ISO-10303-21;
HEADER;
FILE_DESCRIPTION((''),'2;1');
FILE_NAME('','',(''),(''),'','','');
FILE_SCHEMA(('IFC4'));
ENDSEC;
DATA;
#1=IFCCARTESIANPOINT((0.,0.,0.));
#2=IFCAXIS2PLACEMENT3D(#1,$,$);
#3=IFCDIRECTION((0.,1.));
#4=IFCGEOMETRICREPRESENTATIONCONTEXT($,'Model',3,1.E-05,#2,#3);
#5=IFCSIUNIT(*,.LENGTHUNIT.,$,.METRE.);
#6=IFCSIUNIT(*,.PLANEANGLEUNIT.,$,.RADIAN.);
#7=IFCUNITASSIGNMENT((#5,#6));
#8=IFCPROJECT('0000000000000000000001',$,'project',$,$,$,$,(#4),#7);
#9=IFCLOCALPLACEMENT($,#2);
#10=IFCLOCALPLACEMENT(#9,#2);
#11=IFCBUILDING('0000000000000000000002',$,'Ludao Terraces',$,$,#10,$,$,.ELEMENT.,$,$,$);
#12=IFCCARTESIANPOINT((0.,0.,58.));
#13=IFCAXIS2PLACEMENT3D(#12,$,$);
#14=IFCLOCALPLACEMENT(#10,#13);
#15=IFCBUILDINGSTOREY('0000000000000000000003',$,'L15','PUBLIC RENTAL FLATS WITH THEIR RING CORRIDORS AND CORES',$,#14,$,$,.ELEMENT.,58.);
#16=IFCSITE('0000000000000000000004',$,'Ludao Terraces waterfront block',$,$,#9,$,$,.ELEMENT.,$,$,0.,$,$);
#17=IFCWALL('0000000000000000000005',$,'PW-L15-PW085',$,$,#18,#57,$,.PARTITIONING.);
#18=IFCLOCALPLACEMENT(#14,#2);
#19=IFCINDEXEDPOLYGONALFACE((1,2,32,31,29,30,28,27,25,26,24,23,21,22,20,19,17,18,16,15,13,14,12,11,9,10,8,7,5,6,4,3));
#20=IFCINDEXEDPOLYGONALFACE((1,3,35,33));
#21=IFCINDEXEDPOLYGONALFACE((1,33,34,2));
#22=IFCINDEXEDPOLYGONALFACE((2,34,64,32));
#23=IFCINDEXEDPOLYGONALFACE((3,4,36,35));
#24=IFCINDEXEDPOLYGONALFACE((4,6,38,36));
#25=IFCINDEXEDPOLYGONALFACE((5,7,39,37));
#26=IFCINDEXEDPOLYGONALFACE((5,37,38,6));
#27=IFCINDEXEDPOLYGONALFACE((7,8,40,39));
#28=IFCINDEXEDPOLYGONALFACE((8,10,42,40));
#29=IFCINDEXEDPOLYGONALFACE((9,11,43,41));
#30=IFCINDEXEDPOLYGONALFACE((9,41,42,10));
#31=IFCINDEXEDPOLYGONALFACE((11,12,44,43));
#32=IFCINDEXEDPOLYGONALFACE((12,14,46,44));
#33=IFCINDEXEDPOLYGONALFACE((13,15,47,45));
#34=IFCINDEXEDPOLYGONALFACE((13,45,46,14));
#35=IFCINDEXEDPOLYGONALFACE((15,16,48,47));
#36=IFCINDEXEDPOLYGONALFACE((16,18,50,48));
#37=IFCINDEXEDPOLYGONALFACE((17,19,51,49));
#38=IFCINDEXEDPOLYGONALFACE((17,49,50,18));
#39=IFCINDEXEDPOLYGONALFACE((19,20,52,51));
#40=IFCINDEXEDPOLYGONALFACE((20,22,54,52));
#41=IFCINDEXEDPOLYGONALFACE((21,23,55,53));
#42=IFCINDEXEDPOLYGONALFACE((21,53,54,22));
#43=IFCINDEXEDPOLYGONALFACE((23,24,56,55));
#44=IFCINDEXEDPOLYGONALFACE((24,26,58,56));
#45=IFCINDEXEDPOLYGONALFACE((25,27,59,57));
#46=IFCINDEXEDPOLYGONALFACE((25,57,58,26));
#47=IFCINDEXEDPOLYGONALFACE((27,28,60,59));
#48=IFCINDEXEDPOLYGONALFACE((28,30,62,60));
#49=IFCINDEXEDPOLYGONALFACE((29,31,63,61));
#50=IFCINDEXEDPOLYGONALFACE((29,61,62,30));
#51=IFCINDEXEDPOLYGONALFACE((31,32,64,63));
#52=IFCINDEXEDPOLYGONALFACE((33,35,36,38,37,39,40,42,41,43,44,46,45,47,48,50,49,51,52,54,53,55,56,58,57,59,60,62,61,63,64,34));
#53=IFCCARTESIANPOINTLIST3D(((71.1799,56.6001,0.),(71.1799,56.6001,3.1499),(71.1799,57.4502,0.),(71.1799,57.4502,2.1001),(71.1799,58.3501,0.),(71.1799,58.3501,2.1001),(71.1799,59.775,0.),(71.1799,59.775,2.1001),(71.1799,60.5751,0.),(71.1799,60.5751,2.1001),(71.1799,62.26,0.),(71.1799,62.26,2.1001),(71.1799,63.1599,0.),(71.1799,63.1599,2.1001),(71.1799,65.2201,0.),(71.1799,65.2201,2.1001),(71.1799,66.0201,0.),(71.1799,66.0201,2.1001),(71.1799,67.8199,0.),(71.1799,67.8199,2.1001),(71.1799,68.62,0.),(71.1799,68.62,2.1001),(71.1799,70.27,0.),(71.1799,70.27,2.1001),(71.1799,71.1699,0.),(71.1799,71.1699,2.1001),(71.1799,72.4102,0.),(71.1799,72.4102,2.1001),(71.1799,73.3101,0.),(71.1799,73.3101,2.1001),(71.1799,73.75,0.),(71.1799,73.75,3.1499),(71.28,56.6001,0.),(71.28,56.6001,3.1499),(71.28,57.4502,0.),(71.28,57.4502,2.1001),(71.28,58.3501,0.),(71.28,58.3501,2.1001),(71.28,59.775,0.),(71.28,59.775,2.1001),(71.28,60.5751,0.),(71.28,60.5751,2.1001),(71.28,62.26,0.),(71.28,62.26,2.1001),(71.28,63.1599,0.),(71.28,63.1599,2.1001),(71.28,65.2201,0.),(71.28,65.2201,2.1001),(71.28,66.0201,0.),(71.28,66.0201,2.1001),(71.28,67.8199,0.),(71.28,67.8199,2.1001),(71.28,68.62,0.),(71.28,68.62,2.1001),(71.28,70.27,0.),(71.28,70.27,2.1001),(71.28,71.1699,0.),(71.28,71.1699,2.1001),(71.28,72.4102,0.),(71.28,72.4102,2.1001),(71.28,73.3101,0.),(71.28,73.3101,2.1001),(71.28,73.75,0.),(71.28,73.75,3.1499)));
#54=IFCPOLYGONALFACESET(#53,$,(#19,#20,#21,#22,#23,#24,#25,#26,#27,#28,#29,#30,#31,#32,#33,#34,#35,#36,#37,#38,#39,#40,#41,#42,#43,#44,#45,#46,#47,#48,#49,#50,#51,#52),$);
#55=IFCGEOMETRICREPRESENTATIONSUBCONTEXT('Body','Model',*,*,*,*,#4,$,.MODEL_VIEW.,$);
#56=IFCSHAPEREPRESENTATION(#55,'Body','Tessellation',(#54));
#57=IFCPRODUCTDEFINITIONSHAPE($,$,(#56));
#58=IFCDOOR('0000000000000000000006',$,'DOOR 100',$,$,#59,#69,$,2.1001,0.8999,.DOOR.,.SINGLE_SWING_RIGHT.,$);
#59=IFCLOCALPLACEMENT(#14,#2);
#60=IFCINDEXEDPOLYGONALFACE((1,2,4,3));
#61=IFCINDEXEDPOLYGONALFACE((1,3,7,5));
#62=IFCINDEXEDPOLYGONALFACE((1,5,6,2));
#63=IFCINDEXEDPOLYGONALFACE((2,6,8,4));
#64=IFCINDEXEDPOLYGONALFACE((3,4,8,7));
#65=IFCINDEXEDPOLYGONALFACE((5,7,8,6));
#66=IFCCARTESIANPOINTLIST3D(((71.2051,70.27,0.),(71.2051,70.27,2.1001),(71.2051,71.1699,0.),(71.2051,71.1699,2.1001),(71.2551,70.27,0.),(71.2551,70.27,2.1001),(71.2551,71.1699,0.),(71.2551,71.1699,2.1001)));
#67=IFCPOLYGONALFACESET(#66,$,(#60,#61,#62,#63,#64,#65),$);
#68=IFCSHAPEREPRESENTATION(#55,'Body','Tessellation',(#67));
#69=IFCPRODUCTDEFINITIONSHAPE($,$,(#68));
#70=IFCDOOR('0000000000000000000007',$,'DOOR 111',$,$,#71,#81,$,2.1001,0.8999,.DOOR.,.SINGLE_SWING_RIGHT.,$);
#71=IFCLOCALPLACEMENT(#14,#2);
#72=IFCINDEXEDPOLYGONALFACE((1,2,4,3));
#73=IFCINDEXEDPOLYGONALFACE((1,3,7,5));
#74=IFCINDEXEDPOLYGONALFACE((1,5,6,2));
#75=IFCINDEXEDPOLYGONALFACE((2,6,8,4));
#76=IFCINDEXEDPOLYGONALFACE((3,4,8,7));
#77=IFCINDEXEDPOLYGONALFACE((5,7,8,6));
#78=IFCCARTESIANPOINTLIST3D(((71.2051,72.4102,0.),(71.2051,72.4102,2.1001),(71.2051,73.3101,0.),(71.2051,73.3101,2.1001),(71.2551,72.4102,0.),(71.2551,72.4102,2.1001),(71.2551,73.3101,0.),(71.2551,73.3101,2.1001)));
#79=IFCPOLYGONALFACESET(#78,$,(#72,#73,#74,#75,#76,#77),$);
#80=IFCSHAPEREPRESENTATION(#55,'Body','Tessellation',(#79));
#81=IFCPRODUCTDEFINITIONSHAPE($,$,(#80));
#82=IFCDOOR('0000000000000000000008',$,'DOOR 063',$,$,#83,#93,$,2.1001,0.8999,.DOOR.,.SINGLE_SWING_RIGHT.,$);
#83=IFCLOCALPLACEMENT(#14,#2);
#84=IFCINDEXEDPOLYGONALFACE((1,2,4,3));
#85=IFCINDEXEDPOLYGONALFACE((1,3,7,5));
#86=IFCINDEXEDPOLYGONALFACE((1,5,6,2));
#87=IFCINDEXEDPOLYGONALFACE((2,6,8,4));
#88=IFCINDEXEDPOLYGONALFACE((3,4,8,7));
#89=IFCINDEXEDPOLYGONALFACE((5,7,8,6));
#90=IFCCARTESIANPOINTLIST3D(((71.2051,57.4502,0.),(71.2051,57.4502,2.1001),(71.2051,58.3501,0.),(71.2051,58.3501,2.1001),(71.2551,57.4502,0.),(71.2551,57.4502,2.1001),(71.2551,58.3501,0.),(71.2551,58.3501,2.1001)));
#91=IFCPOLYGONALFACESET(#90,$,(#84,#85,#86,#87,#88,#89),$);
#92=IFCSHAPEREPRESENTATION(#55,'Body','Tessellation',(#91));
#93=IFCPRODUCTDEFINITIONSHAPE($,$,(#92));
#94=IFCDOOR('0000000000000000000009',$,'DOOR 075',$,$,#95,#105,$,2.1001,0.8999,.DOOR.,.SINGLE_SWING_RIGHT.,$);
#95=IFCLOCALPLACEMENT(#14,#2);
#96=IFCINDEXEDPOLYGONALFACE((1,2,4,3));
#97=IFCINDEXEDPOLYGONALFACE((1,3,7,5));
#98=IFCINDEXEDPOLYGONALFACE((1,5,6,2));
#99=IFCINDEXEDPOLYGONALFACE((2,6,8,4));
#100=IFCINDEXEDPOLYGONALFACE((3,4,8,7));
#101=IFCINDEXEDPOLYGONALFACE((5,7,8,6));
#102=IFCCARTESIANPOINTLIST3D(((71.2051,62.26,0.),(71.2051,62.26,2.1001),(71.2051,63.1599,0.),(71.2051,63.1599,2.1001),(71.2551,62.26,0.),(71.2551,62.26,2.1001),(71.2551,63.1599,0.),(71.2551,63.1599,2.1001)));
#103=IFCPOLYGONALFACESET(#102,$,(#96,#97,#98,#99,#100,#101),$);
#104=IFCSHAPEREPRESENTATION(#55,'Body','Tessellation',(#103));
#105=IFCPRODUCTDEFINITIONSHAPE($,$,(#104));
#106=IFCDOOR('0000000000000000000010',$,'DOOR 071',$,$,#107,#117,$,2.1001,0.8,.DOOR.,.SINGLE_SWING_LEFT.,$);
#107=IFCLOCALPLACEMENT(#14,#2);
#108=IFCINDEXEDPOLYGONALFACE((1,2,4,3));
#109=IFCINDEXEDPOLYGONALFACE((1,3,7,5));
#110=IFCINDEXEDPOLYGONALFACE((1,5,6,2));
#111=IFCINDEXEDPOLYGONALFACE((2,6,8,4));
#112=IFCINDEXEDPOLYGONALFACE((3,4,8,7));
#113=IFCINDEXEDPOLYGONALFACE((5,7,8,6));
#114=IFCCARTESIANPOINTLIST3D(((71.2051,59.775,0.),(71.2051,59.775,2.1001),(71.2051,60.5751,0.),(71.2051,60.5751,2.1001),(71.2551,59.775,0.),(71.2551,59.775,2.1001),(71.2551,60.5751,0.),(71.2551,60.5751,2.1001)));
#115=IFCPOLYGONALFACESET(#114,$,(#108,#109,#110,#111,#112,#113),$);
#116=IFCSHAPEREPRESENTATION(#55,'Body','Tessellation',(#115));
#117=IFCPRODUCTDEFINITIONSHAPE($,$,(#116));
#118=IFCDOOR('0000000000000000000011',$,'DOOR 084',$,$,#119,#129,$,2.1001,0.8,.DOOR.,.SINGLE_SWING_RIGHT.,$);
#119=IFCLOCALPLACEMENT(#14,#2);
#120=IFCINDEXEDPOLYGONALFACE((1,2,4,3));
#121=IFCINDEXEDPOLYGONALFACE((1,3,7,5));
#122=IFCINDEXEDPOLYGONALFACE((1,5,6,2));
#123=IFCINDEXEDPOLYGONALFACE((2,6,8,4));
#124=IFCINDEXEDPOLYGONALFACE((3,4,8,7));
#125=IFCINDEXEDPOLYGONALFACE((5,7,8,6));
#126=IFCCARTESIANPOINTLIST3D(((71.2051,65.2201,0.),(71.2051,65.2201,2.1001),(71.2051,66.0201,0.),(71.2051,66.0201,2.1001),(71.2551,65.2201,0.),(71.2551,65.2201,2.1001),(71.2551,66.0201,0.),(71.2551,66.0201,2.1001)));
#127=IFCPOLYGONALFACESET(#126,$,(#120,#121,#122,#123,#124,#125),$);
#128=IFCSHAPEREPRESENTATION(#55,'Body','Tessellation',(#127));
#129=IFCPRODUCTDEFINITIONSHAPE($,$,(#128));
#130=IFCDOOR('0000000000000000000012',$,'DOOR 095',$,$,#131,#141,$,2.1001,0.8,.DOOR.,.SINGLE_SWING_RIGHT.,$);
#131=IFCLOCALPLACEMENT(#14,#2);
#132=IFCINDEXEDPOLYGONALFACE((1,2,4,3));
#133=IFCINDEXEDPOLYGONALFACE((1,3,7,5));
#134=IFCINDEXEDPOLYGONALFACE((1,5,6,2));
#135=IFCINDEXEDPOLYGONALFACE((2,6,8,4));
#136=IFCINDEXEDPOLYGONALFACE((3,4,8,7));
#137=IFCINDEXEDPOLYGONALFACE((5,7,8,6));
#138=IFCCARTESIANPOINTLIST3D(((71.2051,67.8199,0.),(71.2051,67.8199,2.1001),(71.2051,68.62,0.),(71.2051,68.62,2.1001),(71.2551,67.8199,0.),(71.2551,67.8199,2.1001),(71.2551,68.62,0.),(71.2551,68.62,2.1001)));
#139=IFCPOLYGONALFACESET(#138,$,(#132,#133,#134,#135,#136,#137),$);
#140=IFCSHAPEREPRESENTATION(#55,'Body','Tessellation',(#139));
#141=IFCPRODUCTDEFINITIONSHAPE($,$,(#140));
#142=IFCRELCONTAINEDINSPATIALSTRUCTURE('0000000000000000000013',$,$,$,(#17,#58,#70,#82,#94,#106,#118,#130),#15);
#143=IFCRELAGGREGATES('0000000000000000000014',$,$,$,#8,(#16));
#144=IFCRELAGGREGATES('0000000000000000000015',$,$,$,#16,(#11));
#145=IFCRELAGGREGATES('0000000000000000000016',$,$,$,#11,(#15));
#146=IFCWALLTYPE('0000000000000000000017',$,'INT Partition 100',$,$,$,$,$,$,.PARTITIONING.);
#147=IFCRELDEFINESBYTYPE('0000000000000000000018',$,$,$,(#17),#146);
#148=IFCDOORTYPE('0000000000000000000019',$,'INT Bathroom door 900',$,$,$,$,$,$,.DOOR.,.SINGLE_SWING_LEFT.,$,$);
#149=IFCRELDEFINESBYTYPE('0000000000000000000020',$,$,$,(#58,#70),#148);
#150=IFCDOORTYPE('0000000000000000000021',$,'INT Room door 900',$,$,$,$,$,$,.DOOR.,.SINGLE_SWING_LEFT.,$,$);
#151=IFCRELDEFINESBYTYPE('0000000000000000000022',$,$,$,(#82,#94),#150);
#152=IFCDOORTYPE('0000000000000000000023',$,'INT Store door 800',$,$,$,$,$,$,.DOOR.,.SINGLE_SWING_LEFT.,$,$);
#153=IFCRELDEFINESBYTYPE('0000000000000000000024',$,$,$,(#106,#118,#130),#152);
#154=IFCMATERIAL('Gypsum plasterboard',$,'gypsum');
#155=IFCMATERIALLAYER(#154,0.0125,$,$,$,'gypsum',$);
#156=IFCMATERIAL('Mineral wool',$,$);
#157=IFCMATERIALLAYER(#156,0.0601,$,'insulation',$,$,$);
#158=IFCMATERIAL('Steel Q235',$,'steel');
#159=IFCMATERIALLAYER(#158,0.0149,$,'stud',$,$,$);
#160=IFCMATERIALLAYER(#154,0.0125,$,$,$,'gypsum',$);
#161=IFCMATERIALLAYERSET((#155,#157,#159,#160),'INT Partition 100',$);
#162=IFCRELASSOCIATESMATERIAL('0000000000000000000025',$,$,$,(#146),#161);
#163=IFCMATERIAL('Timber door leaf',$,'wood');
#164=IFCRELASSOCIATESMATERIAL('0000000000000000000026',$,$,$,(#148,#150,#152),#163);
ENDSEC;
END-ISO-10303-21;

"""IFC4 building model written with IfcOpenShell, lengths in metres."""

from ifc_helpers import new_model, si_unit, direction, frame, frame_2d, origin, place, context, subcontext, project, spatial, rectangle, extrude, material, layer, layer_set, type_object, element, fill, save


model = new_model("IFC4")

# Units and contexts
model_context = context("Model", 3, precision=1e-05, world=origin(), true_north=direction((0.0, 1.0)))
body_context = subcontext(model_context, "Body", "Model", "MODEL_VIEW")
ifc_project = project(units=[si_unit("LENGTHUNIT", "METRE"), si_unit("PLANEANGLEUNIT", "RADIAN")], contexts=[model_context])

# Site, building, storey
site_placement = place(None, origin())
site = spatial("IfcSite", under=ifc_project, at=site_placement, Name="Ludao Terraces waterfront block", CompositionType="ELEMENT", RefElevation=0.0)
building_placement = place(site_placement, origin())
building = spatial("IfcBuilding", under=site, at=building_placement, Name="Ludao Terraces", CompositionType="ELEMENT")
storey_placement = place(building_placement, frame((0.0, 0.0, 58.0)))
storey = spatial("IfcBuildingStorey", under=building, at=storey_placement, Name="L15", Description="PUBLIC RENTAL FLATS WITH THEIR RING CORRIDORS AND CORES", CompositionType="ELEMENT", Elevation=58.0)

# Wall, openings, doors
ifc_material_1 = material(Name="Steel Q235", Category="steel")
ifc_material_2 = material(Name="Gypsum plasterboard", Category="gypsum")
ifc_layer_1 = layer(ifc_material_2, 0.0125, Category="gypsum")
ifc_material_3 = material(Name="Mineral wool")
ifc_layer_2 = layer(ifc_material_3, 0.0601, Name="insulation")
ifc_layer_3 = layer(ifc_material_1, 0.0149, Name="stud")
ifc_layer_4 = layer(ifc_material_2, 0.0125, Category="gypsum")
ifc_layer_set_1 = layer_set([ifc_layer_1, ifc_layer_2, ifc_layer_3, ifc_layer_4], Name="INT Partition 100")
wall_type_1 = type_object("IfcWallType", Name="INT Partition 100", PredefinedType="PARTITIONING", material=ifc_layer_set_1)
wall_1_placement = place(storey_placement, frame((71.23, 56.6001, 0.0), z_axis=(0.0, 0.0, 1.0), x_axis=(0.0, 1.0, 0.0)))
wall_1 = element("IfcWall", 1, at=wall_1_placement, inside=storey, type_object=wall_type_1, Name="PW-L15-PW085", PredefinedType="PARTITIONING", context=body_context, shape_type="SweptSolid", body=[
    extrude(rectangle(XDim=17.1499, YDim=0.1001, at=frame_2d((8.575, 0.0))), origin(), (0.0, 0.0, 1.0), 3.1499),
])
opening_1_placement = place(wall_1_placement, frame((0.8501, 0.0, 0.0)))
opening_1 = element("IfcOpeningElement", 2, at=opening_1_placement, cuts=wall_1, PredefinedType="OPENING", context=body_context, shape_type="SweptSolid", body=[
    extrude(rectangle(XDim=0.8999, YDim=2.1001, at=frame_2d((0.45, 1.05))), frame((0.0, 0.0601, 0.0), z_axis=(0.0, -1.0, 0.0), x_axis=(1.0, 0.0, 0.0)), (0.0, 0.0, 1.0), 0.1201),
])
opening_2_placement = place(wall_1_placement, frame((3.175, 0.0, 0.0)))
opening_2 = element("IfcOpeningElement", 3, at=opening_2_placement, cuts=wall_1, PredefinedType="OPENING", context=body_context, shape_type="SweptSolid", body=[
    extrude(rectangle(XDim=0.8, YDim=2.1001, at=frame_2d((0.3999, 1.05))), frame((0.0, 0.0601, 0.0), z_axis=(0.0, -1.0, 0.0), x_axis=(1.0, 0.0, 0.0)), (0.0, 0.0, 1.0), 0.1201),
])
opening_3_placement = place(wall_1_placement, frame((5.6599, 0.0, 0.0)))
opening_3 = element("IfcOpeningElement", 4, at=opening_3_placement, cuts=wall_1, PredefinedType="OPENING", context=body_context, shape_type="SweptSolid", body=[
    extrude(rectangle(XDim=0.8999, YDim=2.1001, at=frame_2d((0.45, 1.05))), frame((0.0, 0.0601, 0.0), z_axis=(0.0, -1.0, 0.0), x_axis=(1.0, 0.0, 0.0)), (0.0, 0.0, 1.0), 0.1201),
])
opening_4_placement = place(wall_1_placement, frame((8.6201, 0.0, 0.0)))
opening_4 = element("IfcOpeningElement", 5, at=opening_4_placement, cuts=wall_1, PredefinedType="OPENING", context=body_context, shape_type="SweptSolid", body=[
    extrude(rectangle(XDim=0.8, YDim=2.1001, at=frame_2d((0.3999, 1.05))), frame((0.0, 0.0601, 0.0), z_axis=(0.0, -1.0, 0.0), x_axis=(1.0, 0.0, 0.0)), (0.0, 0.0, 1.0), 0.1201),
])
opening_5_placement = place(wall_1_placement, frame((11.22, 0.0, 0.0)))
opening_5 = element("IfcOpeningElement", 6, at=opening_5_placement, cuts=wall_1, PredefinedType="OPENING", context=body_context, shape_type="SweptSolid", body=[
    extrude(rectangle(XDim=0.8, YDim=2.1001, at=frame_2d((0.3999, 1.05))), frame((0.0, 0.0601, 0.0), z_axis=(0.0, -1.0, 0.0), x_axis=(1.0, 0.0, 0.0)), (0.0, 0.0, 1.0), 0.1201),
])
opening_6_placement = place(wall_1_placement, frame((13.6699, 0.0, 0.0)))
opening_6 = element("IfcOpeningElement", 7, at=opening_6_placement, cuts=wall_1, PredefinedType="OPENING", context=body_context, shape_type="SweptSolid", body=[
    extrude(rectangle(XDim=0.8999, YDim=2.1001, at=frame_2d((0.45, 1.05))), frame((0.0, 0.0601, 0.0), z_axis=(0.0, -1.0, 0.0), x_axis=(1.0, 0.0, 0.0)), (0.0, 0.0, 1.0), 0.1201),
])
opening_7_placement = place(wall_1_placement, frame((15.8101, 0.0, 0.0)))
opening_7 = element("IfcOpeningElement", 8, at=opening_7_placement, cuts=wall_1, PredefinedType="OPENING", context=body_context, shape_type="SweptSolid", body=[
    extrude(rectangle(XDim=0.8999, YDim=2.1001, at=frame_2d((0.45, 1.05))), frame((0.0, 0.0601, 0.0), z_axis=(0.0, -1.0, 0.0), x_axis=(1.0, 0.0, 0.0)), (0.0, 0.0, 1.0), 0.1201),
])
ifc_material_4 = material(Name="Timber door leaf", Category="wood")
door_type_1 = type_object("IfcDoorType", Name="INT Bathroom door 900", OperationType="SINGLE_SWING_LEFT", PredefinedType="DOOR", material=ifc_material_4)
door_1_placement = place(opening_6_placement, origin())
door_1 = element("IfcDoor", 9, at=door_1_placement, inside=storey, type_object=door_type_1, Name="DOOR 100", OperationType="SINGLE_SWING_RIGHT", OverallHeight=2.1001, OverallWidth=0.8999, PredefinedType="DOOR", context=body_context, shape_type="SweptSolid", body=[
    extrude(rectangle(XDim=0.8999, YDim=2.1001, at=frame_2d((0.45, 1.05))), frame((0.0, 0.0249, 0.0), z_axis=(0.0, -1.0, 0.0), x_axis=(1.0, 0.0, 0.0)), (0.0, 0.0, 1.0), 0.05),
])
fill(opening_6, door_1)
door_2_placement = place(opening_7_placement, origin())
door_2 = element("IfcDoor", 10, at=door_2_placement, inside=storey, type_object=door_type_1, Name="DOOR 111", OperationType="SINGLE_SWING_RIGHT", OverallHeight=2.1001, OverallWidth=0.8999, PredefinedType="DOOR", context=body_context, shape_type="SweptSolid", body=[
    extrude(rectangle(XDim=0.8999, YDim=2.1001, at=frame_2d((0.45, 1.05))), frame((0.0, 0.0249, 0.0), z_axis=(0.0, -1.0, 0.0), x_axis=(1.0, 0.0, 0.0)), (0.0, 0.0, 1.0), 0.05),
])
fill(opening_7, door_2)
door_type_2 = type_object("IfcDoorType", Name="INT Room door 900", OperationType="SINGLE_SWING_LEFT", PredefinedType="DOOR", material=ifc_material_4)
door_3_placement = place(opening_1_placement, origin())
door_3 = element("IfcDoor", 11, at=door_3_placement, inside=storey, type_object=door_type_2, Name="DOOR 063", OperationType="SINGLE_SWING_RIGHT", OverallHeight=2.1001, OverallWidth=0.8999, PredefinedType="DOOR", context=body_context, shape_type="SweptSolid", body=[
    extrude(rectangle(XDim=0.8999, YDim=2.1001, at=frame_2d((0.45, 1.05))), frame((0.0, 0.0249, 0.0), z_axis=(0.0, -1.0, 0.0), x_axis=(1.0, 0.0, 0.0)), (0.0, 0.0, 1.0), 0.05),
])
fill(opening_1, door_3)
door_4_placement = place(opening_3_placement, origin())
door_4 = element("IfcDoor", 12, at=door_4_placement, inside=storey, type_object=door_type_2, Name="DOOR 075", OperationType="SINGLE_SWING_RIGHT", OverallHeight=2.1001, OverallWidth=0.8999, PredefinedType="DOOR", context=body_context, shape_type="SweptSolid", body=[
    extrude(rectangle(XDim=0.8999, YDim=2.1001, at=frame_2d((0.45, 1.05))), frame((0.0, 0.0249, 0.0), z_axis=(0.0, -1.0, 0.0), x_axis=(1.0, 0.0, 0.0)), (0.0, 0.0, 1.0), 0.05),
])
fill(opening_3, door_4)
door_type_3 = type_object("IfcDoorType", Name="INT Store door 800", OperationType="SINGLE_SWING_LEFT", PredefinedType="DOOR", material=ifc_material_4)
door_5_placement = place(opening_2_placement, origin())
door_5 = element("IfcDoor", 13, at=door_5_placement, inside=storey, type_object=door_type_3, Name="DOOR 071", OperationType="SINGLE_SWING_LEFT", OverallHeight=2.1001, OverallWidth=0.8, PredefinedType="DOOR", context=body_context, shape_type="SweptSolid", body=[
    extrude(rectangle(XDim=0.8, YDim=2.1001, at=frame_2d((0.3999, 1.05))), frame((0.0, 0.0249, 0.0), z_axis=(0.0, -1.0, 0.0), x_axis=(1.0, 0.0, 0.0)), (0.0, 0.0, 1.0), 0.05),
])
fill(opening_2, door_5)
door_6_placement = place(opening_4_placement, origin())
door_6 = element("IfcDoor", 14, at=door_6_placement, inside=storey, type_object=door_type_3, Name="DOOR 084", OperationType="SINGLE_SWING_RIGHT", OverallHeight=2.1001, OverallWidth=0.8, PredefinedType="DOOR", context=body_context, shape_type="SweptSolid", body=[
    extrude(rectangle(XDim=0.8, YDim=2.1001, at=frame_2d((0.3999, 1.05))), frame((0.0, 0.0249, 0.0), z_axis=(0.0, -1.0, 0.0), x_axis=(1.0, 0.0, 0.0)), (0.0, 0.0, 1.0), 0.05),
])
fill(opening_4, door_6)
door_7_placement = place(opening_5_placement, origin())
door_7 = element("IfcDoor", 15, at=door_7_placement, inside=storey, type_object=door_type_3, Name="DOOR 095", OperationType="SINGLE_SWING_RIGHT", OverallHeight=2.1001, OverallWidth=0.8, PredefinedType="DOOR", context=body_context, shape_type="SweptSolid", body=[
    extrude(rectangle(XDim=0.8, YDim=2.1001, at=frame_2d((0.3999, 1.05))), frame((0.0, 0.0249, 0.0), z_axis=(0.0, -1.0, 0.0), x_axis=(1.0, 0.0, 0.0)), (0.0, 0.0, 1.0), 0.05),
])
fill(opening_5, door_7)

save(model, "model.ifc")
